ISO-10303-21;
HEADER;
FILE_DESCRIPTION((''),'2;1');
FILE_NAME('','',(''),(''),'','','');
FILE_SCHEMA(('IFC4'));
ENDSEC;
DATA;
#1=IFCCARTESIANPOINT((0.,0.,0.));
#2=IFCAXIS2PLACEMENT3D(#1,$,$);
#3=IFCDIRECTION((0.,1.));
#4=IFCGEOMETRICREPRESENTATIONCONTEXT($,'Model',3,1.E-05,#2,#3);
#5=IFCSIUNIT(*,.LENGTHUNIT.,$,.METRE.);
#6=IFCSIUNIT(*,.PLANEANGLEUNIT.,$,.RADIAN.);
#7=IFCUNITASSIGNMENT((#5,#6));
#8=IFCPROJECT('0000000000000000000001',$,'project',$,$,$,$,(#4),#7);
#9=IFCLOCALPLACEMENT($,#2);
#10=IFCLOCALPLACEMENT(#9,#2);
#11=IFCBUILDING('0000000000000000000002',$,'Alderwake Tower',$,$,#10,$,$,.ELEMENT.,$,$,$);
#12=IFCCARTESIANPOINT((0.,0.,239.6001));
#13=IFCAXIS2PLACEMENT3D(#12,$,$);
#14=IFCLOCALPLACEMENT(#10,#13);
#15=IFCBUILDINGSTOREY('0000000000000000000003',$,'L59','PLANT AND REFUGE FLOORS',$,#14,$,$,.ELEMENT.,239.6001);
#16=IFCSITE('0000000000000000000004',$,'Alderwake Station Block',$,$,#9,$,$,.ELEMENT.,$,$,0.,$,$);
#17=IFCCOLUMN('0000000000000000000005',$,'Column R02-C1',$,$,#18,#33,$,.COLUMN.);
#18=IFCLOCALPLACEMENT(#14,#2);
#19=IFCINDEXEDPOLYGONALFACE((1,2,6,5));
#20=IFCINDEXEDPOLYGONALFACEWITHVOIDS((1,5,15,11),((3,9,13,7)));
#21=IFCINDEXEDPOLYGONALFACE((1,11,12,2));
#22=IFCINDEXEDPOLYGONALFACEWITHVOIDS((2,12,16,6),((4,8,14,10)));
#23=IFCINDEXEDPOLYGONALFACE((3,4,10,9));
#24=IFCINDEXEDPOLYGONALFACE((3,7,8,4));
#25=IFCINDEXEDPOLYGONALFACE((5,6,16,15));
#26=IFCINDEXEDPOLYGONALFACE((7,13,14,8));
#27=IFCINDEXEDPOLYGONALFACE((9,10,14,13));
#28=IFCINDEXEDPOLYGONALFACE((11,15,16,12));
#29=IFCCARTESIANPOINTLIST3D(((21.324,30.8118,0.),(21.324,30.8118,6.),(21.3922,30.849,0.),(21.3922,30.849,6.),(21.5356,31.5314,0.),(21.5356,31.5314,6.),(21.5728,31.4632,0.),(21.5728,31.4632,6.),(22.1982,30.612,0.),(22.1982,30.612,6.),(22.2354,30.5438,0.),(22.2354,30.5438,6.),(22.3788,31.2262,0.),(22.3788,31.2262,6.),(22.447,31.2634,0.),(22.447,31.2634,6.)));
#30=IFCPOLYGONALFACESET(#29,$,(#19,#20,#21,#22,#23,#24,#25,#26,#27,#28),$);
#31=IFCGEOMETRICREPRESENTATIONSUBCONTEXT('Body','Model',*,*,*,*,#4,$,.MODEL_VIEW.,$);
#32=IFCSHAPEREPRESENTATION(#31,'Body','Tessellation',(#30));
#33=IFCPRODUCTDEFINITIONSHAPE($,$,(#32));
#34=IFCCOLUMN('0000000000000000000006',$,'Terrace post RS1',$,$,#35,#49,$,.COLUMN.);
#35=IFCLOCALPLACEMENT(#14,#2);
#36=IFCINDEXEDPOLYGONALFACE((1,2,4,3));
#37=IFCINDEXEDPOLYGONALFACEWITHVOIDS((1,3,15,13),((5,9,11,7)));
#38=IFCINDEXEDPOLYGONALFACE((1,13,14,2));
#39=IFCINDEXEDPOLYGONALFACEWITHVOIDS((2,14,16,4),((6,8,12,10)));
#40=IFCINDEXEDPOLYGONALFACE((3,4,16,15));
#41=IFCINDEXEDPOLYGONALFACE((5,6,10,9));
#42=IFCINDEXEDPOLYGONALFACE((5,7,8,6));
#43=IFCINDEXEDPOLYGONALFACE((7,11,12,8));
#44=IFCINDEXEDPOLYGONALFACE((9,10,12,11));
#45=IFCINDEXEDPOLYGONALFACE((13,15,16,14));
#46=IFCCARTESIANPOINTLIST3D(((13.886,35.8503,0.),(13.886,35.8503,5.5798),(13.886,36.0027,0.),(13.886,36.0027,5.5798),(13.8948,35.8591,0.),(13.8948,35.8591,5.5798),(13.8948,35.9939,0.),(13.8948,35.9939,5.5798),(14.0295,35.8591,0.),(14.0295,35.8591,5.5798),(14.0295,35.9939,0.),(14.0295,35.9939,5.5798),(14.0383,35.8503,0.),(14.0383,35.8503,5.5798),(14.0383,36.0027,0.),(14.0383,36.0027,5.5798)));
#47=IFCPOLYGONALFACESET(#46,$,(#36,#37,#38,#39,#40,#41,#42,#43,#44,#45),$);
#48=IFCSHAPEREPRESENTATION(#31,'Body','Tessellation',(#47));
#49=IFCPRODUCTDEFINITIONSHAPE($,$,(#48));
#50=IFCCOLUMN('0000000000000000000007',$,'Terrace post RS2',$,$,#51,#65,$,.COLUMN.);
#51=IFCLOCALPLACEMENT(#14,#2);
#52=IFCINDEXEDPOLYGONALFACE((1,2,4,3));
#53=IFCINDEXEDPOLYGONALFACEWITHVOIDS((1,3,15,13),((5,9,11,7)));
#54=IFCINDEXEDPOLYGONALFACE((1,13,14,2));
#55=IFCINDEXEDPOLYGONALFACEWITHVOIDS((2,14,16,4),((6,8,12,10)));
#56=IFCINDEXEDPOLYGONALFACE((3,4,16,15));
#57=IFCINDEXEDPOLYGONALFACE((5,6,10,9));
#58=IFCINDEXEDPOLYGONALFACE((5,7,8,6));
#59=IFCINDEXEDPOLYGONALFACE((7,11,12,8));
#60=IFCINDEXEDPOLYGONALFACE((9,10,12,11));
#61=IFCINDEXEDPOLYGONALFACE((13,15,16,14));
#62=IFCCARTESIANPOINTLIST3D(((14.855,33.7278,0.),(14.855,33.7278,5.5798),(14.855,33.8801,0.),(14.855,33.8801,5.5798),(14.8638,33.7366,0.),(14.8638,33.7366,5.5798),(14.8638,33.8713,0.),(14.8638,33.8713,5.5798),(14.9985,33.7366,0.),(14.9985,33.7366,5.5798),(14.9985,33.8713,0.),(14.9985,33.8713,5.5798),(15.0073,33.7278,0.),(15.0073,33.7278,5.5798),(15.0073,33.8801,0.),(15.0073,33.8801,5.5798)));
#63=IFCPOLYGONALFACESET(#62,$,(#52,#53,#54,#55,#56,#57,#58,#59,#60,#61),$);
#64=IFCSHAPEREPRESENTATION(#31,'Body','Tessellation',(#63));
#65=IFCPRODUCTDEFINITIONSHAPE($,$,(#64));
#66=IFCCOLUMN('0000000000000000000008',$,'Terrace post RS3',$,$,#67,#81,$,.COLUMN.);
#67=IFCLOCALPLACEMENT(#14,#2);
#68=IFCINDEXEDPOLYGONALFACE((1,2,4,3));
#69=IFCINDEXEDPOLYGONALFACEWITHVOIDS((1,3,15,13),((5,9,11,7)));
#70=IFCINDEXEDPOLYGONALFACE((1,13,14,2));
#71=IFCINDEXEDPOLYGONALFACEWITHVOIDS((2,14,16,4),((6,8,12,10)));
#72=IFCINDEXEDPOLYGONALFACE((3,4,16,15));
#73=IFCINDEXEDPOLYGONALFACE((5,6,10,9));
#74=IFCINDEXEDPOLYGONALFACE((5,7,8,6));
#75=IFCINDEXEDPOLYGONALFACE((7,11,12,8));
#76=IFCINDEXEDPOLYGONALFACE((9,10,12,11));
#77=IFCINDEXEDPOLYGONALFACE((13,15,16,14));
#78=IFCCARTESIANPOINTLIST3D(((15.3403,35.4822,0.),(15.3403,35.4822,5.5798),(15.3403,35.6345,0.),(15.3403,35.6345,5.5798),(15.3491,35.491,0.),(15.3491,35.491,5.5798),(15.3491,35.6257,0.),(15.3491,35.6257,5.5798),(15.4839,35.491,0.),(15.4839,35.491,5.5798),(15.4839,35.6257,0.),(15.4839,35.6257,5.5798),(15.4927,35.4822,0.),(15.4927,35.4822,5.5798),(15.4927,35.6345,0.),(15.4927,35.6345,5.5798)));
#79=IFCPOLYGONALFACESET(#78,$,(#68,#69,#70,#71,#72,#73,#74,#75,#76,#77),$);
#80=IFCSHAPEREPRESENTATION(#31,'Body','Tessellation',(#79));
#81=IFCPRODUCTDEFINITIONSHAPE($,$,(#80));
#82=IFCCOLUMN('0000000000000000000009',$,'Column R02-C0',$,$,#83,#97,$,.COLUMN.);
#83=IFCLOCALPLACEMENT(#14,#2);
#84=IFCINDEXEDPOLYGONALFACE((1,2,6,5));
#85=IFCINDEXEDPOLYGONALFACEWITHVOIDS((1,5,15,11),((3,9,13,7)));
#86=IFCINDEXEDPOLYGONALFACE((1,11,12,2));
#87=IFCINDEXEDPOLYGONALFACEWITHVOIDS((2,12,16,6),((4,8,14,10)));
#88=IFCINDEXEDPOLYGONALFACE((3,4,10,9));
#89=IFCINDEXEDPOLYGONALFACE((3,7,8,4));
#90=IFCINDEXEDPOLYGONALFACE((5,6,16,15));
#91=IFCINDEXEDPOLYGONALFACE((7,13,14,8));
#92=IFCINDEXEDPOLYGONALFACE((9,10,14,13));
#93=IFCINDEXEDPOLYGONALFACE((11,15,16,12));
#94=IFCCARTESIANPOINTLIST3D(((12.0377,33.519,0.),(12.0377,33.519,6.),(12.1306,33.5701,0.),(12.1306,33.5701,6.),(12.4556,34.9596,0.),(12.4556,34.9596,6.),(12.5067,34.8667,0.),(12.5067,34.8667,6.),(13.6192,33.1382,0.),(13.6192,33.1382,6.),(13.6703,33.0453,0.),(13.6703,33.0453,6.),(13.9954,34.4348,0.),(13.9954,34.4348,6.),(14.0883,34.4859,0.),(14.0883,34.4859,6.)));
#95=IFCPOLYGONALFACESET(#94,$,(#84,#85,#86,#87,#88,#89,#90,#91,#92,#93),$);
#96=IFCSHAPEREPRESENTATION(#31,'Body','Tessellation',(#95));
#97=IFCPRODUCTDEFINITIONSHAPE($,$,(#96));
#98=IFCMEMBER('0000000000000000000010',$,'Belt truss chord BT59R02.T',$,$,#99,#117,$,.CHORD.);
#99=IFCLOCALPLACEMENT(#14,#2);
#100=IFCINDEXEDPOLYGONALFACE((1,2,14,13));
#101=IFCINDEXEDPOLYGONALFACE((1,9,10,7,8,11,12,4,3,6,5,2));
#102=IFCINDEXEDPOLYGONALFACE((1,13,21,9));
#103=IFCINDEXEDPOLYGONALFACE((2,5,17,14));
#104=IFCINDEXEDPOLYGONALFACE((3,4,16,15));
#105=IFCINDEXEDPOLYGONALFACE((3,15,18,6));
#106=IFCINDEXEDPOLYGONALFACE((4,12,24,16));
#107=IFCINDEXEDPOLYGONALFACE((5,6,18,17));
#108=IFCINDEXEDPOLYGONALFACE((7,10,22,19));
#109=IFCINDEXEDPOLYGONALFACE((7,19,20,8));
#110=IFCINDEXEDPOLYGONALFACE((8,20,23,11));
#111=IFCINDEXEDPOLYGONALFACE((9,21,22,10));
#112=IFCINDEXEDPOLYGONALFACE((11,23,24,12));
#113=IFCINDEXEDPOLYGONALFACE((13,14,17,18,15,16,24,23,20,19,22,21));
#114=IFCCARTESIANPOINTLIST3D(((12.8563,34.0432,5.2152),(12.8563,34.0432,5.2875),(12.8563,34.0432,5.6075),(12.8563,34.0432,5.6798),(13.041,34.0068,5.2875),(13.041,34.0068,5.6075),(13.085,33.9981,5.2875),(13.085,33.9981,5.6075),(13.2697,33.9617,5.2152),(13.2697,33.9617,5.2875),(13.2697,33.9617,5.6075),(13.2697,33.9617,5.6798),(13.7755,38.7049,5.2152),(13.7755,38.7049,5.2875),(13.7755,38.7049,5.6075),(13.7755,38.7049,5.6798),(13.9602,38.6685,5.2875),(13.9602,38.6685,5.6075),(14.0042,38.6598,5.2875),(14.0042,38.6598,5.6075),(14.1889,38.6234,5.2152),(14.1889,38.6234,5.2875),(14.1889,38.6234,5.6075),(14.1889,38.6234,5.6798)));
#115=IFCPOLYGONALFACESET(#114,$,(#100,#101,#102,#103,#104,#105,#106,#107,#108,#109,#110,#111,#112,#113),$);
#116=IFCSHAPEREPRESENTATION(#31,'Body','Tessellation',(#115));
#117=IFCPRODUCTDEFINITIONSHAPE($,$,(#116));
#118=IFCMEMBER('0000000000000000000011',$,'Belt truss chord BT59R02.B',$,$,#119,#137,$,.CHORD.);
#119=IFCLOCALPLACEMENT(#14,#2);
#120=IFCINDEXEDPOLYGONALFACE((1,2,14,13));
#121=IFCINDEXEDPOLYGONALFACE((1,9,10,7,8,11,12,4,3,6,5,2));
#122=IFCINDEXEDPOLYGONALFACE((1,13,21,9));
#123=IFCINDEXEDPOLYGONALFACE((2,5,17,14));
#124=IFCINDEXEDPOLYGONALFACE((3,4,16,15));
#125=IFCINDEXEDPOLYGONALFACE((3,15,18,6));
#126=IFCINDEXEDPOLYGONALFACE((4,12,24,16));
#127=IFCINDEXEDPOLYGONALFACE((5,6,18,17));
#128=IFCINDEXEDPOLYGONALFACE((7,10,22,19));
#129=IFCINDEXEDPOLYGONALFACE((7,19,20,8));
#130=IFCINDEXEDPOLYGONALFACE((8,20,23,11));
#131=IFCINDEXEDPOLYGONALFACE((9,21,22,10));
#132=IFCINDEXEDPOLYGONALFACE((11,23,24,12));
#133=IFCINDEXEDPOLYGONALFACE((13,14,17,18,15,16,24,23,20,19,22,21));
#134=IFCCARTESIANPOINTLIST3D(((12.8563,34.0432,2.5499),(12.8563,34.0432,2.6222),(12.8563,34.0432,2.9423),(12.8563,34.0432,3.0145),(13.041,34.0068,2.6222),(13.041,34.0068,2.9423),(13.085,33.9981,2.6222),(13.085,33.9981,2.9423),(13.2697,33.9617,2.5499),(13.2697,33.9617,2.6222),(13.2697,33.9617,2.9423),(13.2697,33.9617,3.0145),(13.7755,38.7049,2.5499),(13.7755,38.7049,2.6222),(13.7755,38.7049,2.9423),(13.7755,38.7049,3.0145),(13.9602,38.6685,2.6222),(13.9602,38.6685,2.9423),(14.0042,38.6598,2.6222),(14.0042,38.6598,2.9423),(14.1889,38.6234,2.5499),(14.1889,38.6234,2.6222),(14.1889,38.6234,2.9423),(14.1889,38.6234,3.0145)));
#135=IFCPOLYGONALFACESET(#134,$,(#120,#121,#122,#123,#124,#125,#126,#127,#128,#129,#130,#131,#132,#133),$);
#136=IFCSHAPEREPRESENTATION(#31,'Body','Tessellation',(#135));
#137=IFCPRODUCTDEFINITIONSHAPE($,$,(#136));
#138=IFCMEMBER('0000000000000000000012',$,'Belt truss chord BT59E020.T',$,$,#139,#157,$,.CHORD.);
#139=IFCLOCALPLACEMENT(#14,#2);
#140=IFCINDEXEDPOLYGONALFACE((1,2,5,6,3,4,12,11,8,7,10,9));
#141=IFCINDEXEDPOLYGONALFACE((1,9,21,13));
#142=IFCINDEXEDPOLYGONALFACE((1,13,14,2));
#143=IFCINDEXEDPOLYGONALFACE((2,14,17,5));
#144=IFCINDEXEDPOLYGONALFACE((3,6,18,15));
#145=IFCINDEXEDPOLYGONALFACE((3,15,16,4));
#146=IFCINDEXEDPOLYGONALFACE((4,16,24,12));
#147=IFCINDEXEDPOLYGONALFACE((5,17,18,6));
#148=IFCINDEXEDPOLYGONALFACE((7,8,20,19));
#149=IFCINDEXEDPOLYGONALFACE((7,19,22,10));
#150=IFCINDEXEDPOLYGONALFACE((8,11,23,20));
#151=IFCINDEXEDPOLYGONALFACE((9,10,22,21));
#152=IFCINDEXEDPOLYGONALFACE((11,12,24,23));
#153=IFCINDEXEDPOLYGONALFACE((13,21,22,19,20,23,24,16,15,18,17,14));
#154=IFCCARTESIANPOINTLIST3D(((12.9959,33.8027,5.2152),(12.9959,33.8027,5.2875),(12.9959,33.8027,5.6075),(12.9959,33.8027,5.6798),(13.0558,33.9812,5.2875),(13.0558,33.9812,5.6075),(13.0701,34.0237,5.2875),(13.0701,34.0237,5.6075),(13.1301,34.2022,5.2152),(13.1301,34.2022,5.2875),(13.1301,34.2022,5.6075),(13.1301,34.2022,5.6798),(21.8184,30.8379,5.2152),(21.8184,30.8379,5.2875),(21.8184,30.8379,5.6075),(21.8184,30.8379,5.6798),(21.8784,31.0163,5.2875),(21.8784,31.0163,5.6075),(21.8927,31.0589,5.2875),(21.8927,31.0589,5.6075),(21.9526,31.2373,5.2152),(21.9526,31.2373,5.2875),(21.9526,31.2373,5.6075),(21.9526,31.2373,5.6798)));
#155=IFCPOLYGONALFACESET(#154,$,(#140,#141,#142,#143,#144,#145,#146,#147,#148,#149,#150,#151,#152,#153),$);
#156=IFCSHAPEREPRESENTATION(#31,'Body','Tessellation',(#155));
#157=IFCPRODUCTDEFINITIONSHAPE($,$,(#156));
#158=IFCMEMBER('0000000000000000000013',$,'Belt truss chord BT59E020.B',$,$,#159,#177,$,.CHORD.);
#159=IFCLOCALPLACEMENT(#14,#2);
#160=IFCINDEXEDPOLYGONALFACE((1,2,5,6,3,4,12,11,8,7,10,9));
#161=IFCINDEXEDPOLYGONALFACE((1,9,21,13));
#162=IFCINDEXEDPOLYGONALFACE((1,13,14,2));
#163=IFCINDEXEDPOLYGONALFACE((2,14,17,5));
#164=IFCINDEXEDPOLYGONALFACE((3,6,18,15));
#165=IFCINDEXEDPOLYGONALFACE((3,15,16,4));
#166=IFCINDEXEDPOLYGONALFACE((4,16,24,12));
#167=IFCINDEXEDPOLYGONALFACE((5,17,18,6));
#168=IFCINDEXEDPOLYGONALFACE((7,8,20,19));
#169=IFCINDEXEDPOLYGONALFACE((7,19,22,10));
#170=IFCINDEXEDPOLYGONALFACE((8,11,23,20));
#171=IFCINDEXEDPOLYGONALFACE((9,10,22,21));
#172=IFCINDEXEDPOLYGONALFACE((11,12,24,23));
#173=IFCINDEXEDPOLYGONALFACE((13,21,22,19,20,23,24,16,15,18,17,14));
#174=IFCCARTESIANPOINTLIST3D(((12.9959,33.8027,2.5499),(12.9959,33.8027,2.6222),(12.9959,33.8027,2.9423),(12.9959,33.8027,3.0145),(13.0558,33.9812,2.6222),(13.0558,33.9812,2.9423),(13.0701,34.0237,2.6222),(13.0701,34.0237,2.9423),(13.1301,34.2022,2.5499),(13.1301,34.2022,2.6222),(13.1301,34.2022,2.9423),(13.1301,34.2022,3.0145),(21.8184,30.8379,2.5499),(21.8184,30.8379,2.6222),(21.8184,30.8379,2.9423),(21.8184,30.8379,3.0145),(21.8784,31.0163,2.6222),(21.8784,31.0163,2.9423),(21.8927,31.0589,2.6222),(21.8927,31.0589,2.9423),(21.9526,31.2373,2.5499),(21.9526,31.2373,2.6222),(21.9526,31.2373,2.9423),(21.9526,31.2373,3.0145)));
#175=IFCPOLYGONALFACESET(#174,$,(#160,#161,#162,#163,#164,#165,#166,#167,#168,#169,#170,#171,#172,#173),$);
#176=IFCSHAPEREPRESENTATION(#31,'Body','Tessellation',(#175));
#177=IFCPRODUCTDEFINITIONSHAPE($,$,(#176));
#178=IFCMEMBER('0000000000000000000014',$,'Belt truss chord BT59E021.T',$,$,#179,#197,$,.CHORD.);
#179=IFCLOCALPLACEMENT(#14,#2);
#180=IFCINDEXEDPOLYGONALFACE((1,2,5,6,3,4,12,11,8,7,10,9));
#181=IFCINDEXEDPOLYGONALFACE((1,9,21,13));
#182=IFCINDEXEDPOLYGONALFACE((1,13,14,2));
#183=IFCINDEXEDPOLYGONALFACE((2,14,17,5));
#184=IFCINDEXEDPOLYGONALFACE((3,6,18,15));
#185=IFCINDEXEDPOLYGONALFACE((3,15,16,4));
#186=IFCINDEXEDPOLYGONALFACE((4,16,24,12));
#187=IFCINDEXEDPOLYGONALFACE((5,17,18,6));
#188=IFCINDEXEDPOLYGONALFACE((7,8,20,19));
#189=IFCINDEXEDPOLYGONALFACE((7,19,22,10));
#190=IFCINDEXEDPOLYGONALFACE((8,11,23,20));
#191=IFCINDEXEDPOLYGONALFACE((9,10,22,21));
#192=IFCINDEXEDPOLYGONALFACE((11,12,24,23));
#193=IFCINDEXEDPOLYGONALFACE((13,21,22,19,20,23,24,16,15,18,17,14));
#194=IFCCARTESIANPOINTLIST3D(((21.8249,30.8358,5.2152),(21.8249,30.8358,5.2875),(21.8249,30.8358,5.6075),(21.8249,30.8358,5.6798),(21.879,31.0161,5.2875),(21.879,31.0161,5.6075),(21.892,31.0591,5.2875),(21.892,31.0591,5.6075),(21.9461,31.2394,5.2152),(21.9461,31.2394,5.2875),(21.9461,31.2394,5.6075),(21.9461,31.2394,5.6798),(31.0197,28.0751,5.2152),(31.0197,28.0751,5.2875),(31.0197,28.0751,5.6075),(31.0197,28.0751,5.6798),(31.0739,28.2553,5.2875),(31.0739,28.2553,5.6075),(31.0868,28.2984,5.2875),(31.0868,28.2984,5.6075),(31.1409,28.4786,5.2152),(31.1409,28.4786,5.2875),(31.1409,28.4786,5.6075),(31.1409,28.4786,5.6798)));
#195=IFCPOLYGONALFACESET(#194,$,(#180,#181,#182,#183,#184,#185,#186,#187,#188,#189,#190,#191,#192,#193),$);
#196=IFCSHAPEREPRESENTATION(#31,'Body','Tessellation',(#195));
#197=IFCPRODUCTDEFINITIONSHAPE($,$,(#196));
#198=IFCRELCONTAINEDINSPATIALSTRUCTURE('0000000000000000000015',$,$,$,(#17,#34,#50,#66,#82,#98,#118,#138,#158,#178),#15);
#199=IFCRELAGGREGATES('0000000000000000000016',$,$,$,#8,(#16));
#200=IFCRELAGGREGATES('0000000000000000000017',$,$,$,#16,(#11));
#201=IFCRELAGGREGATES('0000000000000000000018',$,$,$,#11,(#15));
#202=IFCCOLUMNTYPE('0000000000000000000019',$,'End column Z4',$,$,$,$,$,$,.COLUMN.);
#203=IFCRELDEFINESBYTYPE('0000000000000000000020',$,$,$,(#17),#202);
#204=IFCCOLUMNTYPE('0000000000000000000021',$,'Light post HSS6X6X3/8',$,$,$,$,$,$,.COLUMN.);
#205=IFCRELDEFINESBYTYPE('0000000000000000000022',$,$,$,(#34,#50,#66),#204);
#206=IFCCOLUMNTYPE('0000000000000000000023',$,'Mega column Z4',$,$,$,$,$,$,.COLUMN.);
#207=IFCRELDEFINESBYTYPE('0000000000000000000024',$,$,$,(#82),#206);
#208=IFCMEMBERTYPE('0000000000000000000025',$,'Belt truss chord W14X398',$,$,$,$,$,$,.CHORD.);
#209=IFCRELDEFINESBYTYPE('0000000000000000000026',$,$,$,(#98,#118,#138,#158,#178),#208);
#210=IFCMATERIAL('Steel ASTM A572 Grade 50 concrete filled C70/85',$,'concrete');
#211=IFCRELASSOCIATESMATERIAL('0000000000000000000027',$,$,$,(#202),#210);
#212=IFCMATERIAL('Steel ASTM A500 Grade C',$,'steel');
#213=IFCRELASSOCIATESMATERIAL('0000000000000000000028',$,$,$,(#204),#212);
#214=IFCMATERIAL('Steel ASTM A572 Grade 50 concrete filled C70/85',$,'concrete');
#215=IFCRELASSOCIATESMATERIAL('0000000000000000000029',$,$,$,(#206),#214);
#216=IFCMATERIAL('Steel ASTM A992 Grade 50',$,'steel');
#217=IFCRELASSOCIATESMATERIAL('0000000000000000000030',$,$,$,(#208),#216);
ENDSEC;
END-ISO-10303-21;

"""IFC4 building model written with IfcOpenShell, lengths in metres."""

from ifc_helpers import new_model, si_unit, direction, frame, origin, origin_2d, place, context, subcontext, project, spatial, hollow_rectangle, i_section, extrude, material, material_profile, profile_set, type_object, element, save


model = new_model("IFC4")

# Units and contexts
model_context = context("Model", 3, precision=1e-05, world=origin(), true_north=direction((0.0, 1.0)))
body_context = subcontext(model_context, "Body", "Model", "MODEL_VIEW")
ifc_project = project(units=[si_unit("LENGTHUNIT", "METRE"), si_unit("PLANEANGLEUNIT", "RADIAN")], contexts=[model_context])

# Site, building, storey
site_placement = place(None, origin())
site = spatial("IfcSite", under=ifc_project, at=site_placement, Name="Alderwake Station Block", CompositionType="ELEMENT", RefElevation=0.0)
building_placement = place(site_placement, origin())
building = spatial("IfcBuilding", under=site, at=building_placement, Name="Alderwake Tower", CompositionType="ELEMENT")
storey_placement = place(building_placement, frame((0.0, 0.0, 239.6001)))
storey = spatial("IfcBuildingStorey", under=building, at=storey_placement, Name="L59", Description="PLANT AND REFUGE FLOORS", CompositionType="ELEMENT", Elevation=239.6001)

# Columns
ifc_material_1 = material(Name="Steel ASTM A572 Grade 50 concrete filled C70/85", Category="concrete")
ifc_material_profile_1 = material_profile(ifc_material_1, hollow_rectangle(XDim=0.75, YDim=0.95, WallThickness=0.0549, at=origin_2d()), Name="BOX 950X750X55")
ifc_profile_set_1 = profile_set([ifc_material_profile_1], Name="Steel ASTM A572 Grade 50 concrete filled C70/85")
column_type_1 = type_object("IfcColumnType", Name="End column Z4", PredefinedType="COLUMN", material=ifc_profile_set_1)
column_1_placement = place(storey_placement, frame((21.8855, 31.0376, 0.0), z_axis=(0.0, 0.0, 1.0), x_axis=(0.282132, 0.959376, 0.0)))
element("IfcColumn", 1, at=column_1_placement, inside=storey, type_object=column_type_1, Name="Column R02-C1", PredefinedType="COLUMN", context=body_context, shape_type="SweptSolid", body=[
    extrude(hollow_rectangle(XDim=0.75, YDim=0.95, WallThickness=0.0549, at=origin_2d()), origin(), (0.0, 0.0, 1.0), 6.0),
])
ifc_material_2 = material(Name="Steel ASTM A500 Grade C", Category="steel")
ifc_material_profile_2 = material_profile(ifc_material_2, hollow_rectangle(XDim=0.1523, YDim=0.1523, WallThickness=0.0088, at=origin_2d()), Name="HSS6X6X3/8")
ifc_profile_set_2 = profile_set([ifc_material_profile_2], Name="Steel ASTM A500 Grade C")
column_type_2 = type_object("IfcColumnType", Name="Light post HSS6X6X3/8", PredefinedType="COLUMN", material=ifc_profile_set_2)
for number, where, z_axis, x_axis, name in (
    (2, (13.9622, 35.9265, 0.0), (0.0, 0.0, 1.0), (1.0, 0.0, 0.0), "Terrace post RS1"),
    (3, (14.9312, 33.804, 0.0), (0.0, 0.0, 1.0), (1.0, 0.0, 0.0), "Terrace post RS2"),
    (4, (15.4165, 35.5583, 0.0), (0.0, 0.0, 1.0), (1.0, 0.0, 0.0), "Terrace post RS3"),
):
    element("IfcColumn", number, at=place(storey_placement, frame(where, z_axis=z_axis, x_axis=x_axis)), inside=storey, type_object=column_type_2, Name=name, PredefinedType="COLUMN", context=body_context, shape_type="SweptSolid", body=[
        extrude(hollow_rectangle(XDim=0.1523, YDim=0.1523, WallThickness=0.0088, at=origin_2d()), origin(), (0.0, 0.0, 1.0), 5.5798),
    ])
ifc_material_3 = material(Name="Steel ASTM A572 Grade 50 concrete filled C70/85", Category="concrete")
ifc_material_profile_3 = material_profile(ifc_material_3, hollow_rectangle(XDim=1.5, YDim=1.7, WallThickness=0.075, at=origin_2d()), Name="BOX 1700X1500X75")
ifc_profile_set_3 = profile_set([ifc_material_profile_3], Name="Steel ASTM A572 Grade 50 concrete filled C70/85")
column_type_3 = type_object("IfcColumnType", Name="Mega column Z4", PredefinedType="COLUMN", material=ifc_profile_set_3)
column_2_placement = place(storey_placement, frame((13.063, 34.0024, 0.0), z_axis=(0.0, 0.0, 1.0), x_axis=(0.278612, 0.960404, 0.0)))
element("IfcColumn", 5, at=column_2_placement, inside=storey, type_object=column_type_3, Name="Column R02-C0", PredefinedType="COLUMN", context=body_context, shape_type="SweptSolid", body=[
    extrude(hollow_rectangle(XDim=1.5, YDim=1.7, WallThickness=0.075, at=origin_2d()), origin(), (0.0, 0.0, 1.0), 6.0),
])

# Members
ifc_material_4 = material(Name="Steel ASTM A992 Grade 50", Category="steel")
ifc_material_profile_4 = material_profile(ifc_material_4, i_section(OverallWidth=0.4214, OverallDepth=0.4646, WebThickness=0.0449, FlangeThickness=0.0723, at=origin_2d()), Name="W14X398")
ifc_profile_set_4 = profile_set([ifc_material_profile_4], Name="Steel ASTM A992 Grade 50")
member_type_1 = type_object("IfcMemberType", Name="Belt truss chord W14X398", PredefinedType="CHORD", material=ifc_profile_set_4)
for number, where, z_axis, x_axis, name in (
    (6, (13.063, 34.0024, 5.4475), (0.193457, 0.981109, 0.0), (-0.981109, 0.193457, 0.0), "Belt truss chord BT59R02.T"),
    (7, (13.063, 34.0024, 2.7822), (0.193457, 0.981109, 0.0), (-0.981109, 0.193457, 0.0), "Belt truss chord BT59R02.B"),
):
    element("IfcMember", number, at=place(storey_placement, frame(where, z_axis=z_axis, x_axis=x_axis)), inside=storey, type_object=member_type_1, Name=name, PredefinedType="CHORD", context=body_context, shape_type="SweptSolid", body=[
        extrude(i_section(OverallWidth=0.4214, OverallDepth=0.4646, WebThickness=0.0449, FlangeThickness=0.0723, at=origin_2d()), origin(), (0.0, 0.0, 1.0), 4.7515),
    ])
for number, where, z_axis, x_axis, name in (
    (8, (13.063, 34.0024, 5.4475), (0.947907, -0.318548, 0.0), (0.318548, 0.947907, 0.0), "Belt truss chord BT59E020.T"),
    (9, (13.063, 34.0024, 2.7822), (0.947907, -0.318548, 0.0), (0.318548, 0.947907, 0.0), "Belt truss chord BT59E020.B"),
):
    element("IfcMember", number, at=place(storey_placement, frame(where, z_axis=z_axis, x_axis=x_axis)), inside=storey, type_object=member_type_1, Name=name, PredefinedType="CHORD", context=body_context, shape_type="SweptSolid", body=[
        extrude(i_section(OverallWidth=0.4214, OverallDepth=0.4646, WebThickness=0.0449, FlangeThickness=0.0723, at=origin_2d()), origin(), (0.0, 0.0, 1.0), 9.3074),
    ])
for number, where, z_axis, x_axis, name in (
    (10, (21.8855, 31.0376, 5.4475), (0.95776, -0.287567, 0.0), (0.287567, 0.95776, 0.0), "Belt truss chord BT59E021.T"),
):
    element("IfcMember", number, at=place(storey_placement, frame(where, z_axis=z_axis, x_axis=x_axis)), inside=storey, type_object=member_type_1, Name=name, PredefinedType="CHORD", context=body_context, shape_type="SweptSolid", body=[
        extrude(i_section(OverallWidth=0.4214, OverallDepth=0.4646, WebThickness=0.0449, FlangeThickness=0.0723, at=origin_2d()), origin(), (0.0, 0.0, 1.0), 9.6003),
    ])

save(model, "model.ifc")
